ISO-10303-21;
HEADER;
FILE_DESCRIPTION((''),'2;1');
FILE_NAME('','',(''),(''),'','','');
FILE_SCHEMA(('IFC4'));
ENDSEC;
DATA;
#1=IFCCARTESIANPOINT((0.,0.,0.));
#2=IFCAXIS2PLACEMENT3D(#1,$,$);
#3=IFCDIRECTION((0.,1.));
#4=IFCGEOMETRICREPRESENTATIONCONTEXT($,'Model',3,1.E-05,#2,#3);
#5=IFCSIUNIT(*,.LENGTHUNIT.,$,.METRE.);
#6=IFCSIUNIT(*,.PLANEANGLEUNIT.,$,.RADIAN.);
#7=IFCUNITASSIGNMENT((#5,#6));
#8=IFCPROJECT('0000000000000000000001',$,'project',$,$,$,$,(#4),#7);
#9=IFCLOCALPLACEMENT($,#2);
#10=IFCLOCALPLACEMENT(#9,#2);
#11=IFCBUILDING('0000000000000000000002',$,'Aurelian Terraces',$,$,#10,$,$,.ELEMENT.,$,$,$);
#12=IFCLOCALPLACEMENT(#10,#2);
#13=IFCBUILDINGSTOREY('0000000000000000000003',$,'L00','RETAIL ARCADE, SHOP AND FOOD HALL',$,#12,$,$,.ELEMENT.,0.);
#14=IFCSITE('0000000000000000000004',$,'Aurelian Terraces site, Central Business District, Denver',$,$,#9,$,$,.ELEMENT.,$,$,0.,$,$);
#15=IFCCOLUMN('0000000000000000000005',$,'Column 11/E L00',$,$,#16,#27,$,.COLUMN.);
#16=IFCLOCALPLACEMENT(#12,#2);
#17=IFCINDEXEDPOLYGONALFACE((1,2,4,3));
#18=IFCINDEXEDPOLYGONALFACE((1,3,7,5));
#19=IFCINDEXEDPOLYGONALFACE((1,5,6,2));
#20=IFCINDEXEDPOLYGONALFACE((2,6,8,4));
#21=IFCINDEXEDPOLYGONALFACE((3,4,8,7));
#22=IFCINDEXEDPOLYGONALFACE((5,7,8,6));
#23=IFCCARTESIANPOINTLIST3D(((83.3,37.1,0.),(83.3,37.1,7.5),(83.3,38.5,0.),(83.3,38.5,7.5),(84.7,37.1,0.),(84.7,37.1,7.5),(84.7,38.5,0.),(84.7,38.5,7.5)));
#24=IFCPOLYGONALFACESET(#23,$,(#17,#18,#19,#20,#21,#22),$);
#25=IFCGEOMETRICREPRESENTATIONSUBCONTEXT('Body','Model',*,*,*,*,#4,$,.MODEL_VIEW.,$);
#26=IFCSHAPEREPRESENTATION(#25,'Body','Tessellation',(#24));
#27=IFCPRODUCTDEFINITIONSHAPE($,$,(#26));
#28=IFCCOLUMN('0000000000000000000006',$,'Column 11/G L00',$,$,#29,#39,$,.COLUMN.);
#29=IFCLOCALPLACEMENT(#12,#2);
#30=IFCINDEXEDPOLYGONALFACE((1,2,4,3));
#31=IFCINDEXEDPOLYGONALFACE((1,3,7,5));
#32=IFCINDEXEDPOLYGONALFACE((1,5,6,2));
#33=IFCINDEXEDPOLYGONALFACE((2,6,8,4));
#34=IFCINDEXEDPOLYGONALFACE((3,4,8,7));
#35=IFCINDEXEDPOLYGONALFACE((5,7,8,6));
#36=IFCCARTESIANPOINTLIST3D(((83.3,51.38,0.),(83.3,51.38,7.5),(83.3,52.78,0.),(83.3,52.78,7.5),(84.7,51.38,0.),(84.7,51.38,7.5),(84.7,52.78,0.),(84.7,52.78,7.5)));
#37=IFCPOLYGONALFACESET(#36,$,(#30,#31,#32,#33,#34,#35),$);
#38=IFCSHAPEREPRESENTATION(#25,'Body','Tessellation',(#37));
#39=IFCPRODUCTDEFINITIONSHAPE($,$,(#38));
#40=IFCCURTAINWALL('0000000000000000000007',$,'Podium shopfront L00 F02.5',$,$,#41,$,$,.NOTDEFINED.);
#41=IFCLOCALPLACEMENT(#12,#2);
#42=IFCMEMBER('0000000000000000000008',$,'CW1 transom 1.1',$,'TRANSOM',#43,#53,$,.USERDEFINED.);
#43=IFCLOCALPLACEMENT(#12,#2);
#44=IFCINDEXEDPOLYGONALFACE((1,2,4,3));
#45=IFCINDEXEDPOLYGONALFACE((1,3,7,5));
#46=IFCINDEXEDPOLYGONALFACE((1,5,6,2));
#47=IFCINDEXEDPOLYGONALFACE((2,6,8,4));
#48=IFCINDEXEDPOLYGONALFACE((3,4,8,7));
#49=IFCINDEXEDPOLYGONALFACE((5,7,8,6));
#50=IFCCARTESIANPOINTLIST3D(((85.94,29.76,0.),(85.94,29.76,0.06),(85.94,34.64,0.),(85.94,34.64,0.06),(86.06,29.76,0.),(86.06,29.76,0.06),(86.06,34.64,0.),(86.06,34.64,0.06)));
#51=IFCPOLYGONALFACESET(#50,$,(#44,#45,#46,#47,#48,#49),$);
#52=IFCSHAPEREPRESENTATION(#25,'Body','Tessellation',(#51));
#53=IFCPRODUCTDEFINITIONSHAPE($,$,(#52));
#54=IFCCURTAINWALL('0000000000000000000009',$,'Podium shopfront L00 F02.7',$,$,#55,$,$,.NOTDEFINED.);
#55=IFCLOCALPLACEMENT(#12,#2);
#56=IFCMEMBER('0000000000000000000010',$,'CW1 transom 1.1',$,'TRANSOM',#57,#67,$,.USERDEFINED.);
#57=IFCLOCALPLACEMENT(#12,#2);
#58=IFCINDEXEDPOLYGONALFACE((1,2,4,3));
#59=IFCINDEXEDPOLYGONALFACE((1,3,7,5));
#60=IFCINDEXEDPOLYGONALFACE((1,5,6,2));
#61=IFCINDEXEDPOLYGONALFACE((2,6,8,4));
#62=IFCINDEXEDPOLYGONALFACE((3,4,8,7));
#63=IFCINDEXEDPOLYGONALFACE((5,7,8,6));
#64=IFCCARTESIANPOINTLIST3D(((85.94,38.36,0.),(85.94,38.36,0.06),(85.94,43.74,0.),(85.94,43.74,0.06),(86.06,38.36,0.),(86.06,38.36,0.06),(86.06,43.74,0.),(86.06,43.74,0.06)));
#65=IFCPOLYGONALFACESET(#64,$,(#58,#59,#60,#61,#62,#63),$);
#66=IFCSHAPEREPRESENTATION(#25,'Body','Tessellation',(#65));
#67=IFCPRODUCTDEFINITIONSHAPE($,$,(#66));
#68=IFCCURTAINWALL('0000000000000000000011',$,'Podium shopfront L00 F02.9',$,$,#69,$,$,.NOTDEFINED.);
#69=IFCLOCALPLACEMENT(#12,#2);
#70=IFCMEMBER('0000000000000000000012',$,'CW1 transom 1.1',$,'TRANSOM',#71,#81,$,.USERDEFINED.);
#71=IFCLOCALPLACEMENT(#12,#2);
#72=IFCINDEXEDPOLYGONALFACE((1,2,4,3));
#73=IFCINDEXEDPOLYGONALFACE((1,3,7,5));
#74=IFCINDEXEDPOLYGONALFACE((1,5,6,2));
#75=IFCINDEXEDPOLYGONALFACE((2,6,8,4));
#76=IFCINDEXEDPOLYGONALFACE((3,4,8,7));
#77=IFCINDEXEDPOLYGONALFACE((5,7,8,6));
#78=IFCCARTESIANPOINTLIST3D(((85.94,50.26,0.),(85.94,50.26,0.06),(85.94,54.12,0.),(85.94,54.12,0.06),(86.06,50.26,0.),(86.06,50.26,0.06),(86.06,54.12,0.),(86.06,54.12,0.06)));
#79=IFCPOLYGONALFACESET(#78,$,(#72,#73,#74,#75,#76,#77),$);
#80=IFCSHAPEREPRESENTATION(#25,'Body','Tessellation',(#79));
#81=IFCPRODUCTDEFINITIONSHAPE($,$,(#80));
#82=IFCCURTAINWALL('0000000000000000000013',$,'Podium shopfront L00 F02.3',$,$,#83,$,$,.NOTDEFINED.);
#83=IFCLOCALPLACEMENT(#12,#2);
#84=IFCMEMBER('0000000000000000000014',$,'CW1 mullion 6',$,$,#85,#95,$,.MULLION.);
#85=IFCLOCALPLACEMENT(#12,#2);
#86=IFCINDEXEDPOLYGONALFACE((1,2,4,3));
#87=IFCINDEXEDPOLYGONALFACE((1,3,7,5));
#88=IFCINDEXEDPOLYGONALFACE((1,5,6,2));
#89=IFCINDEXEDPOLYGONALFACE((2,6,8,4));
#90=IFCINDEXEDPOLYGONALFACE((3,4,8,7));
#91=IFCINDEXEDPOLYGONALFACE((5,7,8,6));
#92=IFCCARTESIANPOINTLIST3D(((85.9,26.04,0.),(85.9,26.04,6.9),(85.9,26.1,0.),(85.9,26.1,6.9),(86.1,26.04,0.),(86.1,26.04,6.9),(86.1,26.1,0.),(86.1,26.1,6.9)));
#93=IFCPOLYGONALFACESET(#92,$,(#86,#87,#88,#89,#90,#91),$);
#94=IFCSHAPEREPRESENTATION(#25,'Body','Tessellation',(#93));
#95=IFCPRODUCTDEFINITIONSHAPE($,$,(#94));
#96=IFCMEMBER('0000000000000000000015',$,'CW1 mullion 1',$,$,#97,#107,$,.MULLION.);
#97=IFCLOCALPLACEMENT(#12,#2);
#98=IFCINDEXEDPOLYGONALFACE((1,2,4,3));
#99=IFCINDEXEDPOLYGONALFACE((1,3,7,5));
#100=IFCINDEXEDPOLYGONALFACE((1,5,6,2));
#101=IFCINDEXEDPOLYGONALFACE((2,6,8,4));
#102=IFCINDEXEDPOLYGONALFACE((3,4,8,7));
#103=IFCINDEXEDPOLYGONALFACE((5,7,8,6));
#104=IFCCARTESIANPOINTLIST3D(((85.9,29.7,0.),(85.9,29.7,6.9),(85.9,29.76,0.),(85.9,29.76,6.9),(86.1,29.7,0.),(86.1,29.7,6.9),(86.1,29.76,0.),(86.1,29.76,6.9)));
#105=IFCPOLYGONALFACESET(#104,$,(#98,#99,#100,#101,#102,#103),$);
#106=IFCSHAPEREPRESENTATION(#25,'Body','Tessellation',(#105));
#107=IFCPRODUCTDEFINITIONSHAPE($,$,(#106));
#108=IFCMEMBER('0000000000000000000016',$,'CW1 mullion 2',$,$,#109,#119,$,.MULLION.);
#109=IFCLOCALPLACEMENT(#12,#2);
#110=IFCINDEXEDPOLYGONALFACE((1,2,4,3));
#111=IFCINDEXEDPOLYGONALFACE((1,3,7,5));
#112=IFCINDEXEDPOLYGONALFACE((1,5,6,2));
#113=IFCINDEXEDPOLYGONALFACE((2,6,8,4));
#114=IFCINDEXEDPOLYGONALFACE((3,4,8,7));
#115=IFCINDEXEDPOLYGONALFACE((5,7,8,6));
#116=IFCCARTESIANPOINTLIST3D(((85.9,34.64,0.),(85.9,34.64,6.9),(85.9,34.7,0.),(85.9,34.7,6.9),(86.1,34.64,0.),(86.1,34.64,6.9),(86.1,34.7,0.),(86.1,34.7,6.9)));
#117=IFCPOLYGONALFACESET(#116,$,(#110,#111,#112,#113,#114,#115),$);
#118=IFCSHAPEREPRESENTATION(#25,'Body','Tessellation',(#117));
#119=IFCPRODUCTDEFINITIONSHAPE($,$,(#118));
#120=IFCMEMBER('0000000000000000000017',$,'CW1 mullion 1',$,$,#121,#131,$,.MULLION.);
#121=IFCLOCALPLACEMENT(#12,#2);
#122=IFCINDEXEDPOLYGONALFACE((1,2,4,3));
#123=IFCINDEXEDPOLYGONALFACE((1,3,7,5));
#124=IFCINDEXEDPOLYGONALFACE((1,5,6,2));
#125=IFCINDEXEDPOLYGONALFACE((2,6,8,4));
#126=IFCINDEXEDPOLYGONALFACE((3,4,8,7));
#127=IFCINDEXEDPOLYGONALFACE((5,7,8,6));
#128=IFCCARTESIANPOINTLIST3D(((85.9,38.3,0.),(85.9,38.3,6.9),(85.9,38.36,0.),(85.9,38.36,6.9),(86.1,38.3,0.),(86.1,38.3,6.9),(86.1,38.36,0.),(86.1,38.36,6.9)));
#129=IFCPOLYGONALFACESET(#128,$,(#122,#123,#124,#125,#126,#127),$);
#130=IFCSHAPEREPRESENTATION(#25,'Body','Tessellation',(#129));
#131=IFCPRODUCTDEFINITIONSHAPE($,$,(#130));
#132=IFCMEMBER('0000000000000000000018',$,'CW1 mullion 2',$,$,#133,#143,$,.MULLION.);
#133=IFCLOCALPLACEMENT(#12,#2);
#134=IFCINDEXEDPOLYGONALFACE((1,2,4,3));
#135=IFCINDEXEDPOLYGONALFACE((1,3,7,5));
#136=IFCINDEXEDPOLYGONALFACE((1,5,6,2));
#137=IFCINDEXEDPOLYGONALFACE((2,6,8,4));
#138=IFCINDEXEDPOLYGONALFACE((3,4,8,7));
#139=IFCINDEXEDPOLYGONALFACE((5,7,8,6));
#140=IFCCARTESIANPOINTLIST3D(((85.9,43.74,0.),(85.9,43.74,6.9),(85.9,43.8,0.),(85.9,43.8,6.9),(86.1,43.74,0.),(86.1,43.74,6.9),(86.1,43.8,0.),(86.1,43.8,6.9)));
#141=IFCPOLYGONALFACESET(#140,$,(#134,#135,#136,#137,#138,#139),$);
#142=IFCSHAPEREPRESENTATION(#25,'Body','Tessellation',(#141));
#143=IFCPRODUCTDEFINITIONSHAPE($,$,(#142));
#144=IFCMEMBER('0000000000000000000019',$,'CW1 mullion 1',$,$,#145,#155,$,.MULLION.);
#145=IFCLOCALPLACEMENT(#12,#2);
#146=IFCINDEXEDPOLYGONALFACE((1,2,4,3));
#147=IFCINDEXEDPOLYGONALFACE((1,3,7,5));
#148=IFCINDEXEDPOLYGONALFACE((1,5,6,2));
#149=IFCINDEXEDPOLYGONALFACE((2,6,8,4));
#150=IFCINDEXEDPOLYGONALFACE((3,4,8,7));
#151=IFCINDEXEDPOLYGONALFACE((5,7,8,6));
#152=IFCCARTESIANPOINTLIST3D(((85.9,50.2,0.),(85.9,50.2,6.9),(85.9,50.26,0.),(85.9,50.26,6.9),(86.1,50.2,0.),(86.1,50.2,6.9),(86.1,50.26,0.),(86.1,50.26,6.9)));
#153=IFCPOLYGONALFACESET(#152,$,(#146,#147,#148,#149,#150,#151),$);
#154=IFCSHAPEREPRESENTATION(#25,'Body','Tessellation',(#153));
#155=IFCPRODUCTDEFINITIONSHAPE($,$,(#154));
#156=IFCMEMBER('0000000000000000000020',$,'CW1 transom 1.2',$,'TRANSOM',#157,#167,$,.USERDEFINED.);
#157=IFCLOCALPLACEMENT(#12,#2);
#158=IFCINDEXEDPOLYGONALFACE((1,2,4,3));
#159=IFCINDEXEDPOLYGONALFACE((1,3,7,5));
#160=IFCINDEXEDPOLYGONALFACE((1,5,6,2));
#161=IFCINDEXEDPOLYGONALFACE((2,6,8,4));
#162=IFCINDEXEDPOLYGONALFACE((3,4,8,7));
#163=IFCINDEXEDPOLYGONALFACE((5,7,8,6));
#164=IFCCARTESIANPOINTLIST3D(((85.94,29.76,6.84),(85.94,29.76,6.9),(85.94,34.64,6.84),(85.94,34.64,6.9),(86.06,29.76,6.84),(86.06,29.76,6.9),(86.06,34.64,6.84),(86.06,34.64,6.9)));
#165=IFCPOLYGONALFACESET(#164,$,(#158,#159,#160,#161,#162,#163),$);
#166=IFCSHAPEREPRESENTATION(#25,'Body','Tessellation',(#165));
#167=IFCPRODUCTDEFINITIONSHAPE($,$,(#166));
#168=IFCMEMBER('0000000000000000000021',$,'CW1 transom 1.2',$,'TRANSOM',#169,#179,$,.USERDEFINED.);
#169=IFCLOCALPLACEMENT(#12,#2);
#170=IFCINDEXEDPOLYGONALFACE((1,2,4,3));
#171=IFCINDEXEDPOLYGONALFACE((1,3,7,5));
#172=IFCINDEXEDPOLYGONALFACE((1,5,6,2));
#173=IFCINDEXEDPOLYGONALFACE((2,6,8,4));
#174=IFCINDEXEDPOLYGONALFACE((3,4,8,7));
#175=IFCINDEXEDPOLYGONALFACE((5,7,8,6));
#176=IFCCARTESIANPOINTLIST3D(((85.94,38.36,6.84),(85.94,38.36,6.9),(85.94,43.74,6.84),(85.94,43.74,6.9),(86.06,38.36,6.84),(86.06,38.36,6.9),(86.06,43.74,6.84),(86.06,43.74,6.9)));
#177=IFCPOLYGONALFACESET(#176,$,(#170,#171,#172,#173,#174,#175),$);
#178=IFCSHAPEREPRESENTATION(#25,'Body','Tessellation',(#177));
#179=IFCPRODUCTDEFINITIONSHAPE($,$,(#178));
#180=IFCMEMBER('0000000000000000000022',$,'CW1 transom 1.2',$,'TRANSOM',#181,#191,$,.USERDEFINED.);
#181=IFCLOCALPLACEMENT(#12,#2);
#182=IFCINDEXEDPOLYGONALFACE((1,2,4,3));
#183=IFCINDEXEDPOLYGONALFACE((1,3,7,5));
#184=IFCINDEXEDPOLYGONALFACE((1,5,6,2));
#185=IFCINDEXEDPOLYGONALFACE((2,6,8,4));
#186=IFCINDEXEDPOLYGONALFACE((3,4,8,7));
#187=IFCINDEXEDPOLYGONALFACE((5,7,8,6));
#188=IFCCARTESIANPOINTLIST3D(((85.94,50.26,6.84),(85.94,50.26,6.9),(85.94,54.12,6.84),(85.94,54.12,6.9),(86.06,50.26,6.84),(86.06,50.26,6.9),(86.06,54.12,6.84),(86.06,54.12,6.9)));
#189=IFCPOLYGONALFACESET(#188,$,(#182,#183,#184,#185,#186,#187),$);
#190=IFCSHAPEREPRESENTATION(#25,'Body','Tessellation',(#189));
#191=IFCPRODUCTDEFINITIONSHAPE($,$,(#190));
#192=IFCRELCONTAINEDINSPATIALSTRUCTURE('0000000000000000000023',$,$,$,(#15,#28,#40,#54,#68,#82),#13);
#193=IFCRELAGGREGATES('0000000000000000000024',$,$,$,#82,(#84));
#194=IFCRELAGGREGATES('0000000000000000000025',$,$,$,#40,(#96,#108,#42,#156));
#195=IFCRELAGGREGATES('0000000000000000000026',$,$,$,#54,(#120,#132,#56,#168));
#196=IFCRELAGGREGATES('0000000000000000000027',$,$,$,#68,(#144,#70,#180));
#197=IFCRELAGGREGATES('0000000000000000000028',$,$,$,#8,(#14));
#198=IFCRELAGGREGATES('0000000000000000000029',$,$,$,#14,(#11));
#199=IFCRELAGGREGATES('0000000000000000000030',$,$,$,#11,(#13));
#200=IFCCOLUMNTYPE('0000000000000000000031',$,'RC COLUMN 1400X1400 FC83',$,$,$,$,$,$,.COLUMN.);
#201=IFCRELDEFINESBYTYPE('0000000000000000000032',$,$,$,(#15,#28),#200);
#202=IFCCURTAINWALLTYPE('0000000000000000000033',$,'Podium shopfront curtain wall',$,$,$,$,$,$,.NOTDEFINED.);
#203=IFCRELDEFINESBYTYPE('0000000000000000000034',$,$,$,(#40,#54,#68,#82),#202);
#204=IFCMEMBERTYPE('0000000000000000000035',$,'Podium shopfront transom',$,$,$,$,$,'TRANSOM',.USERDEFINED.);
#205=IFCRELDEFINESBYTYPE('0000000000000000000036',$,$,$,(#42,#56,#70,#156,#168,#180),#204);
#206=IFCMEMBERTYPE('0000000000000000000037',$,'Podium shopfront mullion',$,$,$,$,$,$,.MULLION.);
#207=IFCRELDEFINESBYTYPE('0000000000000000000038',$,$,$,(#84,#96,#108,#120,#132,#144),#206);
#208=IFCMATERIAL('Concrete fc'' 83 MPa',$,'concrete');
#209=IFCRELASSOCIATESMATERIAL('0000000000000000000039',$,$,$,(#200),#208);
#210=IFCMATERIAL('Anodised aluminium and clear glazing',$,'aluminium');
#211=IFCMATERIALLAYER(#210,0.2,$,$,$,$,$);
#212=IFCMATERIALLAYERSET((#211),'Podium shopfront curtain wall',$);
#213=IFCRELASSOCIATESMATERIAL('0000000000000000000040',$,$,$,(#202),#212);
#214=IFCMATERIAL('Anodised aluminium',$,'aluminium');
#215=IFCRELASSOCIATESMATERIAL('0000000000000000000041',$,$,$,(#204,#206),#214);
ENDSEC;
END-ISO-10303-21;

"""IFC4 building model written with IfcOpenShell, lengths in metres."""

from ifc_helpers import new_model, si_unit, direction, frame, origin, origin_2d, place, context, subcontext, project, spatial, rectangle, extrude, source, transform, mapped, material, layer, layer_set, material_profile, profile_set, type_object, element, aggregate, save


model = new_model("IFC4")

# Units and contexts
model_context = context("Model", 3, precision=1e-05, world=origin(), true_north=direction((0.0, 1.0)))
body_context = subcontext(model_context, "Body", "Model", "MODEL_VIEW")
ifc_project = project(units=[si_unit("LENGTHUNIT", "METRE"), si_unit("PLANEANGLEUNIT", "RADIAN")], contexts=[model_context])

# Site, building, storey
site_placement = place(None, origin())
site = spatial("IfcSite", under=ifc_project, at=site_placement, Name="Aurelian Terraces site, Central Business District, Denver", CompositionType="ELEMENT", RefElevation=0.0)
building_placement = place(site_placement, origin())
building = spatial("IfcBuilding", under=site, at=building_placement, Name="Aurelian Terraces", CompositionType="ELEMENT")
storey_placement = place(building_placement, origin())
storey = spatial("IfcBuildingStorey", under=building, at=storey_placement, Name="L00", Description="RETAIL ARCADE, SHOP AND FOOD HALL", CompositionType="ELEMENT", Elevation=0.0)

# Columns
ifc_material_1 = material(Name="Concrete fc' 83 MPa", Category="concrete")
ifc_material_profile_1 = material_profile(ifc_material_1, rectangle(XDim=1.4, YDim=1.4, at=origin_2d()))
ifc_profile_set_1 = profile_set([ifc_material_profile_1], Name="Concrete fc' 83 MPa")
column_type = type_object("IfcColumnType", Name="RC COLUMN 1400X1400 FC83", PredefinedType="COLUMN", material=ifc_profile_set_1)
shared_shape_1 = source(origin(), body_context, "Body", "SweptSolid", [
    extrude(rectangle(XDim=1.4, YDim=1.4, at=origin_2d()), origin(), (0.0, 0.0, 1.0), 7.5),
])
for number, where, z_axis, x_axis, name in (
    (1, (84.0, 37.8, 0.0), (0.0, 0.0, 1.0), (1.0, 0.0, 0.0), "Column 11/E L00"),
    (2, (84.0, 52.08, 0.0), (0.0, 0.0, 1.0), (1.0, 0.0, 0.0), "Column 11/G L00"),
):
    element("IfcColumn", number, at=place(storey_placement, frame(where, z_axis=z_axis, x_axis=x_axis)), inside=storey, type_object=column_type, Name=name, PredefinedType="COLUMN", context=body_context, shape_type="MappedRepresentation", body=[
        mapped(shared_shape_1, transform((0.0, 0.0, 0.0), scale=1.0)),
    ])

# Curtain walls, members
ifc_material_2 = material(Name="Anodised aluminium and clear glazing", Category="aluminium")
ifc_layer_1 = layer(ifc_material_2, 0.2)
ifc_layer_set_1 = layer_set([ifc_layer_1], Name="Podium shopfront curtain wall")
curtain_wall_type = type_object("IfcCurtainWallType", Name="Podium shopfront curtain wall", PredefinedType="NOTDEFINED", material=ifc_layer_set_1)
curtain_wall_1_placement = place(storey_placement, origin())
curtain_wall_1 = element("IfcCurtainWall", 3, at=curtain_wall_1_placement, inside=storey, type_object=curtain_wall_type, Name="Podium shopfront L00 F02.5", PredefinedType="NOTDEFINED")
ifc_material_3 = material(Name="Anodised aluminium", Category="aluminium")
ifc_material_profile_2 = material_profile(ifc_material_3, rectangle(XDim=0.12, YDim=0.06, at=origin_2d()))
ifc_profile_set_2 = profile_set([ifc_material_profile_2], Name="Anodised aluminium")
member_type_1 = type_object("IfcMemberType", Name="Podium shopfront transom", ElementType="TRANSOM", PredefinedType="USERDEFINED", material=ifc_profile_set_2)
member_1_placement = place(storey_placement, frame((86.0, 29.76, 0.03), z_axis=(0.0, 1.0, 0.0), x_axis=(-1.0, 0.0, 0.0)))
member_1 = element("IfcMember", 4, at=member_1_placement, type_object=member_type_1, Name="CW1 transom 1.1", ObjectType="TRANSOM", PredefinedType="USERDEFINED", context=body_context, shape_type="SweptSolid", body=[
    extrude(rectangle(XDim=0.12, YDim=0.06, at=origin_2d()), origin(), (0.0, 0.0, 1.0), 4.88),
])
curtain_wall_2_placement = place(storey_placement, origin())
curtain_wall_2 = element("IfcCurtainWall", 5, at=curtain_wall_2_placement, inside=storey, type_object=curtain_wall_type, Name="Podium shopfront L00 F02.7", PredefinedType="NOTDEFINED")
member_2_placement = place(storey_placement, frame((86.0, 38.36, 0.03), z_axis=(0.0, 1.0, 0.0), x_axis=(-1.0, 0.0, 0.0)))
member_2 = element("IfcMember", 6, at=member_2_placement, type_object=member_type_1, Name="CW1 transom 1.1", ObjectType="TRANSOM", PredefinedType="USERDEFINED", context=body_context, shape_type="SweptSolid", body=[
    extrude(rectangle(XDim=0.12, YDim=0.06, at=origin_2d()), origin(), (0.0, 0.0, 1.0), 5.38),
])
curtain_wall_3_placement = place(storey_placement, origin())
curtain_wall_3 = element("IfcCurtainWall", 7, at=curtain_wall_3_placement, inside=storey, type_object=curtain_wall_type, Name="Podium shopfront L00 F02.9", PredefinedType="NOTDEFINED")
member_3_placement = place(storey_placement, frame((86.0, 50.26, 0.03), z_axis=(0.0, 1.0, 0.0), x_axis=(-1.0, 0.0, 0.0)))
member_3 = element("IfcMember", 8, at=member_3_placement, type_object=member_type_1, Name="CW1 transom 1.1", ObjectType="TRANSOM", PredefinedType="USERDEFINED", context=body_context, shape_type="SweptSolid", body=[
    extrude(rectangle(XDim=0.12, YDim=0.06, at=origin_2d()), origin(), (0.0, 0.0, 1.0), 3.86),
])
curtain_wall_4_placement = place(storey_placement, origin())
curtain_wall_4 = element("IfcCurtainWall", 9, at=curtain_wall_4_placement, inside=storey, type_object=curtain_wall_type, Name="Podium shopfront L00 F02.3", PredefinedType="NOTDEFINED")
ifc_material_profile_3 = material_profile(ifc_material_3, rectangle(XDim=0.2, YDim=0.06, at=origin_2d()))
ifc_profile_set_3 = profile_set([ifc_material_profile_3], Name="Anodised aluminium")
member_type_2 = type_object("IfcMemberType", Name="Podium shopfront mullion", PredefinedType="MULLION", material=ifc_profile_set_3)
shared_shape_2 = source(origin(), body_context, "Body", "SweptSolid", [
    extrude(rectangle(XDim=0.2, YDim=0.06, at=origin_2d()), origin(), (0.0, 0.0, 1.0), 6.9),
])
member_4_placement = place(storey_placement, frame((86.0, 26.07, 0.0), z_axis=(0.0, 0.0, 1.0), x_axis=(-1.0, 0.0, 0.0)))
member_4 = element("IfcMember", 10, at=member_4_placement, type_object=member_type_2, Name="CW1 mullion 6", PredefinedType="MULLION", context=body_context, shape_type="MappedRepresentation", body=[
    mapped(shared_shape_2, transform((0.0, 0.0, 0.0), scale=1.0)),
])
aggregate(curtain_wall_4, [member_4])

# Members
member_5_placement = place(storey_placement, frame((86.0, 29.73, 0.0), z_axis=(0.0, 0.0, 1.0), x_axis=(-1.0, 0.0, 0.0)))
member_5 = element("IfcMember", 11, at=member_5_placement, type_object=member_type_2, Name="CW1 mullion 1", PredefinedType="MULLION", context=body_context, shape_type="MappedRepresentation", body=[
    mapped(shared_shape_2, transform((0.0, 0.0, 0.0), scale=1.0)),
])
member_6_placement = place(storey_placement, frame((86.0, 34.67, 0.0), z_axis=(0.0, 0.0, 1.0), x_axis=(-1.0, 0.0, 0.0)))
member_6 = element("IfcMember", 12, at=member_6_placement, type_object=member_type_2, Name="CW1 mullion 2", PredefinedType="MULLION", context=body_context, shape_type="MappedRepresentation", body=[
    mapped(shared_shape_2, transform((0.0, 0.0, 0.0), scale=1.0)),
])
member_7_placement = place(storey_placement, frame((86.0, 38.33, 0.0), z_axis=(0.0, 0.0, 1.0), x_axis=(-1.0, 0.0, 0.0)))
member_7 = element("IfcMember", 13, at=member_7_placement, type_object=member_type_2, Name="CW1 mullion 1", PredefinedType="MULLION", context=body_context, shape_type="MappedRepresentation", body=[
    mapped(shared_shape_2, transform((0.0, 0.0, 0.0), scale=1.0)),
])
member_8_placement = place(storey_placement, frame((86.0, 43.77, 0.0), z_axis=(0.0, 0.0, 1.0), x_axis=(-1.0, 0.0, 0.0)))
member_8 = element("IfcMember", 14, at=member_8_placement, type_object=member_type_2, Name="CW1 mullion 2", PredefinedType="MULLION", context=body_context, shape_type="MappedRepresentation", body=[
    mapped(shared_shape_2, transform((0.0, 0.0, 0.0), scale=1.0)),
])
member_9_placement = place(storey_placement, frame((86.0, 50.23, 0.0), z_axis=(0.0, 0.0, 1.0), x_axis=(-1.0, 0.0, 0.0)))
member_9 = element("IfcMember", 15, at=member_9_placement, type_object=member_type_2, Name="CW1 mullion 1", PredefinedType="MULLION", context=body_context, shape_type="MappedRepresentation", body=[
    mapped(shared_shape_2, transform((0.0, 0.0, 0.0), scale=1.0)),
])
shared_shape_3 = source(origin(), body_context, "Body", "SweptSolid", [
    extrude(rectangle(XDim=0.12, YDim=0.06, at=origin_2d()), origin(), (0.0, 0.0, 1.0), 4.88),
])
member_10_placement = place(storey_placement, frame((86.0, 29.76, 6.87), z_axis=(0.0, 1.0, 0.0), x_axis=(-1.0, 0.0, 0.0)))
member_10 = element("IfcMember", 16, at=member_10_placement, type_object=member_type_1, Name="CW1 transom 1.2", ObjectType="TRANSOM", PredefinedType="USERDEFINED", context=body_context, shape_type="MappedRepresentation", body=[
    mapped(shared_shape_3, transform((0.0, 0.0, 0.0), scale=1.0)),
])
shared_shape_4 = source(origin(), body_context, "Body", "SweptSolid", [
    extrude(rectangle(XDim=0.12, YDim=0.06, at=origin_2d()), origin(), (0.0, 0.0, 1.0), 5.38),
])
member_11_placement = place(storey_placement, frame((86.0, 38.36, 6.87), z_axis=(0.0, 1.0, 0.0), x_axis=(-1.0, 0.0, 0.0)))
member_11 = element("IfcMember", 17, at=member_11_placement, type_object=member_type_1, Name="CW1 transom 1.2", ObjectType="TRANSOM", PredefinedType="USERDEFINED", context=body_context, shape_type="MappedRepresentation", body=[
    mapped(shared_shape_4, transform((0.0, 0.0, 0.0), scale=1.0)),
])
shared_shape_5 = source(origin(), body_context, "Body", "SweptSolid", [
    extrude(rectangle(XDim=0.12, YDim=0.06, at=origin_2d()), origin(), (0.0, 0.0, 1.0), 3.86),
])
member_12_placement = place(storey_placement, frame((86.0, 50.26, 6.87), z_axis=(0.0, 1.0, 0.0), x_axis=(-1.0, 0.0, 0.0)))
member_12 = element("IfcMember", 18, at=member_12_placement, type_object=member_type_1, Name="CW1 transom 1.2", ObjectType="TRANSOM", PredefinedType="USERDEFINED", context=body_context, shape_type="MappedRepresentation", body=[
    mapped(shared_shape_5, transform((0.0, 0.0, 0.0), scale=1.0)),
])

aggregate(curtain_wall_1, [member_5, member_6, member_1, member_10])
aggregate(curtain_wall_2, [member_7, member_8, member_2, member_11])
aggregate(curtain_wall_3, [member_9, member_3, member_12])

save(model, "model.ifc")
